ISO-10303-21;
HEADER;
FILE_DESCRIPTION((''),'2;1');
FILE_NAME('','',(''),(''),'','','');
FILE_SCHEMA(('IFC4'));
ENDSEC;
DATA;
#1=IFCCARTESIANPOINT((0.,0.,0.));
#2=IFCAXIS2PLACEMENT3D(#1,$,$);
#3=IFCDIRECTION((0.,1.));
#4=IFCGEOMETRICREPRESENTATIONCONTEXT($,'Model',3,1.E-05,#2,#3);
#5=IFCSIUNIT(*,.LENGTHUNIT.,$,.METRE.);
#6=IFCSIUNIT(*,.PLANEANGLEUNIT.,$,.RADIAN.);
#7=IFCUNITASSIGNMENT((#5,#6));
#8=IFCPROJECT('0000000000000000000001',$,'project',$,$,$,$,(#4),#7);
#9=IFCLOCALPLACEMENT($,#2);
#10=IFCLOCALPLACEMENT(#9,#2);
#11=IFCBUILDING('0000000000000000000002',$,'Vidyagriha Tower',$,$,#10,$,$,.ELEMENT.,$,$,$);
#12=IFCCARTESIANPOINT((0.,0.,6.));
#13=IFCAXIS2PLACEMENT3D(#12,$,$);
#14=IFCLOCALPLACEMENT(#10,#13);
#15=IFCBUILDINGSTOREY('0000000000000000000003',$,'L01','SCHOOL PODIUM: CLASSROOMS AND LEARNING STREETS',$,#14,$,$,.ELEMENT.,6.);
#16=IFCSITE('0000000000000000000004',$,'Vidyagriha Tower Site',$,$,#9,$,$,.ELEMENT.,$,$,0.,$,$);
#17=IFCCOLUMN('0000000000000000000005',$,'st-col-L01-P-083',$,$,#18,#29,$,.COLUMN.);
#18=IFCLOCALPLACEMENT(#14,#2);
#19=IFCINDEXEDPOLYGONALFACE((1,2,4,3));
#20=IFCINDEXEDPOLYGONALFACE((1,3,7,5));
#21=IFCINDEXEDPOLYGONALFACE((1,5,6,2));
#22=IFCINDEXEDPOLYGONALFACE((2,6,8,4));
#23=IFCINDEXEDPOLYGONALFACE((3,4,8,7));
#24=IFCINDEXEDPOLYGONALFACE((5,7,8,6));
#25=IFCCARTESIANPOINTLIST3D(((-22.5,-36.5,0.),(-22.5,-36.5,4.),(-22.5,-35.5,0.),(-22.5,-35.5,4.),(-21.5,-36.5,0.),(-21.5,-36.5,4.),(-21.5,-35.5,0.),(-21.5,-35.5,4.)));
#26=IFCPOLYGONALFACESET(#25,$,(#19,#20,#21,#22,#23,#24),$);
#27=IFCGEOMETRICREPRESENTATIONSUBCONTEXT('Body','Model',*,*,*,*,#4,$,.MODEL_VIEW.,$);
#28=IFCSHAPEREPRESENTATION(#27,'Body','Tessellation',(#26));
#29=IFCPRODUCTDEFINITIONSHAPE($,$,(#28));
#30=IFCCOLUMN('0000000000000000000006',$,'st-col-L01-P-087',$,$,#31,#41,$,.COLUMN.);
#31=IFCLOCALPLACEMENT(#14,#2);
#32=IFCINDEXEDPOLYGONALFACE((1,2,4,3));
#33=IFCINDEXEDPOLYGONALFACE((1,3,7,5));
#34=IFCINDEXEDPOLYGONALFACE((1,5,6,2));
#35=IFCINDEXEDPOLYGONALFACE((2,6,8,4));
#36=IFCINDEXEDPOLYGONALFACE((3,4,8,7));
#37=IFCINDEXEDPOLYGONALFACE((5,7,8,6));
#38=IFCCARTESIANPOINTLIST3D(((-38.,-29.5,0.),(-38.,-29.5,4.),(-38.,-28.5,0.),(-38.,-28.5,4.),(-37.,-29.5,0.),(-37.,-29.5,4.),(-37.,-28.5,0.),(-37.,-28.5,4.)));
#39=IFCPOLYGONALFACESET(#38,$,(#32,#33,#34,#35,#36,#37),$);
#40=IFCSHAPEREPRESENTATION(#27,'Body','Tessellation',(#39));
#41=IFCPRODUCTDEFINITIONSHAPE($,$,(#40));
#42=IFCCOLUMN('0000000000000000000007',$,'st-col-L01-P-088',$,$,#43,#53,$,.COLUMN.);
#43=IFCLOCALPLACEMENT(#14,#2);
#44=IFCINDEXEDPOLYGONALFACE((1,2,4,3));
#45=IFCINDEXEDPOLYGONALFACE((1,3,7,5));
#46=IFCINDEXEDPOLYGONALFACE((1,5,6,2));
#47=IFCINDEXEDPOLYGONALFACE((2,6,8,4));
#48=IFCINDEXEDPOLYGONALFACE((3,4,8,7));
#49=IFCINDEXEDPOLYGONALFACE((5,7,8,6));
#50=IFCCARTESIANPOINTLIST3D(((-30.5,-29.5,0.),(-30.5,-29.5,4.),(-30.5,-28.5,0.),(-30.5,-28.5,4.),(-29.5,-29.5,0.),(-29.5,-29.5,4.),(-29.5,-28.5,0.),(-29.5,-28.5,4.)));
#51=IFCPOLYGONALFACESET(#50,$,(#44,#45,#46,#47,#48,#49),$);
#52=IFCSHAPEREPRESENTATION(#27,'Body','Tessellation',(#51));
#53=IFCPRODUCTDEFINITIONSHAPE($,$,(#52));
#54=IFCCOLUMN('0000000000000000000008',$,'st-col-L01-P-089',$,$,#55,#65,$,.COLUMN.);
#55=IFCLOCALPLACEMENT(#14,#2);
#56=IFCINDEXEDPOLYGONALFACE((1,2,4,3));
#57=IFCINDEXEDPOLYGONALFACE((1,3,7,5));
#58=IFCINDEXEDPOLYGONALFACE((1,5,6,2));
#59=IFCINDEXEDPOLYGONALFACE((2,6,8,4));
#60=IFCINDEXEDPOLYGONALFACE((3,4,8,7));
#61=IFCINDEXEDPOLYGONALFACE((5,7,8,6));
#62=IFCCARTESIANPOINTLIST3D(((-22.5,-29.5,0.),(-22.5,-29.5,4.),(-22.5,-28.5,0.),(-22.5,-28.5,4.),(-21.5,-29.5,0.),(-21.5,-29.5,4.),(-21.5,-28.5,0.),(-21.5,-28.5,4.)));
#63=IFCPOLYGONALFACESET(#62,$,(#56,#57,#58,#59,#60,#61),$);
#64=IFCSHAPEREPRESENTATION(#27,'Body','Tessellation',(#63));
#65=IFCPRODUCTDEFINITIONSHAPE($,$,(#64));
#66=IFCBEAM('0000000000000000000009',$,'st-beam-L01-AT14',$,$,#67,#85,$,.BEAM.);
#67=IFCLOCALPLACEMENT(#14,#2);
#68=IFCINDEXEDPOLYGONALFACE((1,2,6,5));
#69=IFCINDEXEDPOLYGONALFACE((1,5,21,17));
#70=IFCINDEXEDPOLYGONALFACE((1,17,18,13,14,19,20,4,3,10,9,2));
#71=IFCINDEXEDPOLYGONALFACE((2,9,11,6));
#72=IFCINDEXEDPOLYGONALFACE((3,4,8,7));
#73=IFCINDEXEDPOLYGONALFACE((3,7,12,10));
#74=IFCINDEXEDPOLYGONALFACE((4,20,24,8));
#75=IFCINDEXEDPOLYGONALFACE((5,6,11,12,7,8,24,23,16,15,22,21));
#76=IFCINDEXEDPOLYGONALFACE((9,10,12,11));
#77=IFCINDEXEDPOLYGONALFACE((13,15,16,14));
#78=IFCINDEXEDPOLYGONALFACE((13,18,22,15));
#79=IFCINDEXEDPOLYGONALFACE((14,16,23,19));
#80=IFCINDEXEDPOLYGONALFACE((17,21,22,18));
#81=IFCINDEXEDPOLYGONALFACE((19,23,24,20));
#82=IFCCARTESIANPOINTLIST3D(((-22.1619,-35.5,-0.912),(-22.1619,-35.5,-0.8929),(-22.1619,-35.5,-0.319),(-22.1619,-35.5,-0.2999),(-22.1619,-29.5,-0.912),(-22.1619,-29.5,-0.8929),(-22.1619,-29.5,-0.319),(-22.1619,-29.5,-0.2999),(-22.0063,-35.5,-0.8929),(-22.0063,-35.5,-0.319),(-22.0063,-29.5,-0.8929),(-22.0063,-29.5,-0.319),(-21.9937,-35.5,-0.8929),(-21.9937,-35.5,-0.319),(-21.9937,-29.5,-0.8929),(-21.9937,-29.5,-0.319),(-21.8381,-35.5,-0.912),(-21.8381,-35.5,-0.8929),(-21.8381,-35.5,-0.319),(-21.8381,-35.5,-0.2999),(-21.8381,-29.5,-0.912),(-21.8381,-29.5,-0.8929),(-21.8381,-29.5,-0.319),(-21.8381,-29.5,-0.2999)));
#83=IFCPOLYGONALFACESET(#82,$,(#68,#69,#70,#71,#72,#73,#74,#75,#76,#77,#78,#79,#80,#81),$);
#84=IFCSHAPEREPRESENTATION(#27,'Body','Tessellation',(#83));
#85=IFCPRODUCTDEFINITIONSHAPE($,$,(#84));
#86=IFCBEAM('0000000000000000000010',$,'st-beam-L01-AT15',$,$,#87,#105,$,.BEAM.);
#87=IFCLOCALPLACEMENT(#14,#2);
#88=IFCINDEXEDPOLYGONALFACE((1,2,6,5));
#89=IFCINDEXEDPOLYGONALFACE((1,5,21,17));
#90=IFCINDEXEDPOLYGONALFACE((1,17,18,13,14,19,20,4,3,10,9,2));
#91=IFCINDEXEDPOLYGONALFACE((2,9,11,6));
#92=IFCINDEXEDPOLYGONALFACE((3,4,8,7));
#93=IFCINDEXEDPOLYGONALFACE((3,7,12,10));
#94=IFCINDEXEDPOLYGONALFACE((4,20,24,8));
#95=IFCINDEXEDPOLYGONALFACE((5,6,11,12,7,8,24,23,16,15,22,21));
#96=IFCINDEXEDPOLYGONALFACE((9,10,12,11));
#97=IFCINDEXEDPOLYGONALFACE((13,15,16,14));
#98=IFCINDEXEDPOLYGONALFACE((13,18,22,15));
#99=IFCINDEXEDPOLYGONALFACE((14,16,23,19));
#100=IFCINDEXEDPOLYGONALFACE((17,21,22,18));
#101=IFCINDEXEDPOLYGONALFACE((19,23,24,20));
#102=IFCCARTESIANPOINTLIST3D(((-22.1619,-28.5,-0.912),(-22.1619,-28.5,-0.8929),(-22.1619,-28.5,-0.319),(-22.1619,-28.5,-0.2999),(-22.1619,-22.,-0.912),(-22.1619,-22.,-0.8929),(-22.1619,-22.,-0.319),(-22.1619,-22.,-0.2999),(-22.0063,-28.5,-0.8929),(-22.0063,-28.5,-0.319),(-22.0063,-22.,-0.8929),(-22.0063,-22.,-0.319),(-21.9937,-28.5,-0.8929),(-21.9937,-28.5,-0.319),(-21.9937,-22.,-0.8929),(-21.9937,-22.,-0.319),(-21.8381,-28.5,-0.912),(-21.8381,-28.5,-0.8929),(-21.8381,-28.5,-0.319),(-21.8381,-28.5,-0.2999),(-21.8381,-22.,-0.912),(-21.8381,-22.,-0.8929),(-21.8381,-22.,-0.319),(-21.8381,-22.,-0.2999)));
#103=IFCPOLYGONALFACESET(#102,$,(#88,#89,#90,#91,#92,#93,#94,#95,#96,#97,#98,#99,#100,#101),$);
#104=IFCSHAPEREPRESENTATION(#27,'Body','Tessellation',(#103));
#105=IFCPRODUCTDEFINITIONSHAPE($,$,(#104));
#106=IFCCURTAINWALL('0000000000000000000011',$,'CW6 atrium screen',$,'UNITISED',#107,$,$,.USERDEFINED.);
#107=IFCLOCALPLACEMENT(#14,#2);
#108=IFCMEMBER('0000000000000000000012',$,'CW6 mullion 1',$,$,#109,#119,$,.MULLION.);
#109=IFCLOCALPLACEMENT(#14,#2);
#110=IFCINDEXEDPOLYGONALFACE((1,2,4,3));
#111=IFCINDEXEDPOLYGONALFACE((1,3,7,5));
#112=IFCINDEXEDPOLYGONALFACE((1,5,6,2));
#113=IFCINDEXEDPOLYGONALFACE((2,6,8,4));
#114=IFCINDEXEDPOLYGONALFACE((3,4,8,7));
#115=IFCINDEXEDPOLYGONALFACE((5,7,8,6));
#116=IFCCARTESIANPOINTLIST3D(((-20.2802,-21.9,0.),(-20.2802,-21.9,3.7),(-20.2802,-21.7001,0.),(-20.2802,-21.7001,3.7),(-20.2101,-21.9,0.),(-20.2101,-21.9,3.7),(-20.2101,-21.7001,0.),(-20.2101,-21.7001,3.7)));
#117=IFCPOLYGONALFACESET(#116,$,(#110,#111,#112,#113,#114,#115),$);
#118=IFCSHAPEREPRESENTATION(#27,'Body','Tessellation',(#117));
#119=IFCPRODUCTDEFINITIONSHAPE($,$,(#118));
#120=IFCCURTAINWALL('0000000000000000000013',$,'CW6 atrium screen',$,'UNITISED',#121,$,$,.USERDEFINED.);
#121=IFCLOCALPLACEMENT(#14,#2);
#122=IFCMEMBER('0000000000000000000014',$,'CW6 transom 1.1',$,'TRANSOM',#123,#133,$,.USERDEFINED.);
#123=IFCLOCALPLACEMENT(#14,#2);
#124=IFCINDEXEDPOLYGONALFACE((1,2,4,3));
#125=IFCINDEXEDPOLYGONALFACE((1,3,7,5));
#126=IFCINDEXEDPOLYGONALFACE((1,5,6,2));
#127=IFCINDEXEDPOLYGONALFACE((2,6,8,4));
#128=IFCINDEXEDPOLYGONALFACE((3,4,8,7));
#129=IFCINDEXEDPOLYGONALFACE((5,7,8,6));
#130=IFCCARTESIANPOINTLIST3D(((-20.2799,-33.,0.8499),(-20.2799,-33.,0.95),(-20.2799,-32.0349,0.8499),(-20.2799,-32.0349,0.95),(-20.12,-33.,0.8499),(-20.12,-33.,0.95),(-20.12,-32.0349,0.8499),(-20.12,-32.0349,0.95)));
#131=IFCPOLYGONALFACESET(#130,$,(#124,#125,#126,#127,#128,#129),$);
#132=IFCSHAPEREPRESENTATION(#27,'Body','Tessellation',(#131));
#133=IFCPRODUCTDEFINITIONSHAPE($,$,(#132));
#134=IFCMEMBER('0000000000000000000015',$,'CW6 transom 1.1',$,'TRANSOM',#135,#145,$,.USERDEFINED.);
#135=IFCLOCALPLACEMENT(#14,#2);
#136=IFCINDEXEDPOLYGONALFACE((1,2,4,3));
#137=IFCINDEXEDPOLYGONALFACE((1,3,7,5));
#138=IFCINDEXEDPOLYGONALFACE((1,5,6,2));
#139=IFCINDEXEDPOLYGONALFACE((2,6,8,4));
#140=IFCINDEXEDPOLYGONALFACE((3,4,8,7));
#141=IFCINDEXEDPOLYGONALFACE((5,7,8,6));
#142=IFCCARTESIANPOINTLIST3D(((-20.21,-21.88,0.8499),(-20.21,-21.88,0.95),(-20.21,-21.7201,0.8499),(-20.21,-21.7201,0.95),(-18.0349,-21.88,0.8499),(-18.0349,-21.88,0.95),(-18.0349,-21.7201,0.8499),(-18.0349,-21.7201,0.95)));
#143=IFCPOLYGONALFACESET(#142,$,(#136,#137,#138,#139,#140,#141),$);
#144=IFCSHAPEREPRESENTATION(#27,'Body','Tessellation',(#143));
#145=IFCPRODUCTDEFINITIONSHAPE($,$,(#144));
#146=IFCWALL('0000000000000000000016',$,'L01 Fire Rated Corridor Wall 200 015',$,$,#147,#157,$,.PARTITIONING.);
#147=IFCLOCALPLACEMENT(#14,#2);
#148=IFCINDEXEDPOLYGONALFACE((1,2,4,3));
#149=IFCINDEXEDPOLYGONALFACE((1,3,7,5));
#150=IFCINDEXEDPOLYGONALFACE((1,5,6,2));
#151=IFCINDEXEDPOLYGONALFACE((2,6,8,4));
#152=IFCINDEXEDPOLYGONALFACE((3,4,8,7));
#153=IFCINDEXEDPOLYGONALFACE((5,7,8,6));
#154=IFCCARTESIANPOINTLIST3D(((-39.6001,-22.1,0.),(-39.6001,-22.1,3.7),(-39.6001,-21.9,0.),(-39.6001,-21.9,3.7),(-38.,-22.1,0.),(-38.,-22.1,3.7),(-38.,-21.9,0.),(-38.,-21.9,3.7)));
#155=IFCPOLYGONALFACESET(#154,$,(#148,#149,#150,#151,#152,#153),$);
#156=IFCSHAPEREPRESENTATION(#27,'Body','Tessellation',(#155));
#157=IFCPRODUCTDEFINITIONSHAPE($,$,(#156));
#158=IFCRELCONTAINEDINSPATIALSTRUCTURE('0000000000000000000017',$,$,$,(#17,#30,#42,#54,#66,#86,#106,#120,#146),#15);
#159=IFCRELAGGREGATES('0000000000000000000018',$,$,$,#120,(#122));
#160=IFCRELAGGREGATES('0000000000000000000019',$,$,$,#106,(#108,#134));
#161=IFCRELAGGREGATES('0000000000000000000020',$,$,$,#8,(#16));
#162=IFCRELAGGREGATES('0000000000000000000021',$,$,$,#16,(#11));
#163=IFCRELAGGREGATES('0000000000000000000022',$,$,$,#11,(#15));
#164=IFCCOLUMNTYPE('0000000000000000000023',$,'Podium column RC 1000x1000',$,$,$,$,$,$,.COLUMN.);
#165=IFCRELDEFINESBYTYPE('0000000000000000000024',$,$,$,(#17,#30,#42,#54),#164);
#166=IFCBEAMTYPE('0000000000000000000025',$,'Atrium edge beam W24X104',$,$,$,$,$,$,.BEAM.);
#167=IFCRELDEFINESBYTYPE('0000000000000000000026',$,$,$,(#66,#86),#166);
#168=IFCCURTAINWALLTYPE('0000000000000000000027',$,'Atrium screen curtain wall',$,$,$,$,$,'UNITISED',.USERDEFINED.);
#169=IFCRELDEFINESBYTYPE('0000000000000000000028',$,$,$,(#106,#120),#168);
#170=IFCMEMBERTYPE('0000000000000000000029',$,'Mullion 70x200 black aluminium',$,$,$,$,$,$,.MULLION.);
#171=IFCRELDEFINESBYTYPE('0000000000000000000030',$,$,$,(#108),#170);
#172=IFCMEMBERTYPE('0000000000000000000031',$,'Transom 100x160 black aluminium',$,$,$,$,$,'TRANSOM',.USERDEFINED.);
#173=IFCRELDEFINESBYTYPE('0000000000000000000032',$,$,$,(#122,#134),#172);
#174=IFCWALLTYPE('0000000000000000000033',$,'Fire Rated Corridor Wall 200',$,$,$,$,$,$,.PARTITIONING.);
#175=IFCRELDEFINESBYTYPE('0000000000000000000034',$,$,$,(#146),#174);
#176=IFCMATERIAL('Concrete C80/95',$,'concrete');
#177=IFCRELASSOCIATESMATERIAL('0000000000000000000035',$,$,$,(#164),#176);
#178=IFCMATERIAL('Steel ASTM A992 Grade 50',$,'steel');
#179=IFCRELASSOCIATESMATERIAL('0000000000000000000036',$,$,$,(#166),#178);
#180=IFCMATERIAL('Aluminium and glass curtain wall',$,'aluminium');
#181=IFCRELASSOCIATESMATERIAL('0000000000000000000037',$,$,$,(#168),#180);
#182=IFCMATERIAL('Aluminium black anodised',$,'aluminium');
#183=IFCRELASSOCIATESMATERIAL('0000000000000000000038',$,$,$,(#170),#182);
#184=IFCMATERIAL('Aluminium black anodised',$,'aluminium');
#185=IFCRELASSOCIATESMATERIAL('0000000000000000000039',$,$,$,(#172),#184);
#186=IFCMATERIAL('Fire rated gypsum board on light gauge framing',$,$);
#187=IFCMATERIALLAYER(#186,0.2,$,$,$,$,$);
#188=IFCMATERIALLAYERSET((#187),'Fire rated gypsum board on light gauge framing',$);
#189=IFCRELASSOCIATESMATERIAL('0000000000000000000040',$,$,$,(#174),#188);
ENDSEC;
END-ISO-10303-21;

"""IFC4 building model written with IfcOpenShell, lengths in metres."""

from ifc_helpers import new_model, si_unit, direction, frame, frame_2d, origin, origin_2d, place, context, subcontext, project, spatial, rectangle, i_section, extrude, material, layer, layer_set, material_profile, profile_set, type_object, element, aggregate, save


model = new_model("IFC4")

# Units and contexts
model_context = context("Model", 3, precision=1e-05, world=origin(), true_north=direction((0.0, 1.0)))
body_context = subcontext(model_context, "Body", "Model", "MODEL_VIEW")
ifc_project = project(units=[si_unit("LENGTHUNIT", "METRE"), si_unit("PLANEANGLEUNIT", "RADIAN")], contexts=[model_context])

# Site, building, storey
site_placement = place(None, origin())
site = spatial("IfcSite", under=ifc_project, at=site_placement, Name="Vidyagriha Tower Site", CompositionType="ELEMENT", RefElevation=0.0)
building_placement = place(site_placement, origin())
building = spatial("IfcBuilding", under=site, at=building_placement, Name="Vidyagriha Tower", CompositionType="ELEMENT")
storey_placement = place(building_placement, frame((0.0, 0.0, 6.0)))
storey = spatial("IfcBuildingStorey", under=building, at=storey_placement, Name="L01", Description="SCHOOL PODIUM: CLASSROOMS AND LEARNING STREETS", CompositionType="ELEMENT", Elevation=6.0)

# Columns
ifc_material_1 = material(Name="Concrete C80/95", Category="concrete")
ifc_material_profile_1 = material_profile(ifc_material_1, rectangle(XDim=1.0, YDim=1.0, at=origin_2d()), Name="RC 1000x1000")
ifc_profile_set_1 = profile_set([ifc_material_profile_1], Name="Concrete C80/95")
column_type = type_object("IfcColumnType", Name="Podium column RC 1000x1000", PredefinedType="COLUMN", material=ifc_profile_set_1)
for number, where, name in (
    (1, (-22.0, -36.0, 0.0), "st-col-L01-P-083"),
    (2, (-37.5, -29.0, 0.0), "st-col-L01-P-087"),
    (3, (-30.0, -29.0, 0.0), "st-col-L01-P-088"),
    (4, (-22.0, -29.0, 0.0), "st-col-L01-P-089"),
):
    element("IfcColumn", number, at=place(storey_placement, frame(where)), inside=storey, type_object=column_type, Name=name, PredefinedType="COLUMN", context=body_context, shape_type="SweptSolid", body=[
        extrude(rectangle(XDim=1.0, YDim=1.0, at=origin_2d()), origin(), (0.0, 0.0, 1.0), 4.0),
    ])

# Beams
ifc_material_2 = material(Name="Steel ASTM A992 Grade 50", Category="steel")
ifc_material_profile_2 = material_profile(ifc_material_2, i_section(OverallWidth=0.3237, OverallDepth=0.6121, WebThickness=0.0127, FlangeThickness=0.019, at=origin_2d()), Name="W24X104")
ifc_profile_set_2 = profile_set([ifc_material_profile_2], Name="Steel ASTM A992 Grade 50")
beam_type = type_object("IfcBeamType", Name="Atrium edge beam W24X104", PredefinedType="BEAM", material=ifc_profile_set_2)
beam_1_placement = place(storey_placement, frame((-22.0, -35.5, -0.606), z_axis=(0.0, 1.0, 0.0), x_axis=(-1.0, 0.0, 0.0)))
element("IfcBeam", 5, at=beam_1_placement, inside=storey, type_object=beam_type, Name="st-beam-L01-AT14", PredefinedType="BEAM", context=body_context, shape_type="SweptSolid", body=[
    extrude(i_section(OverallWidth=0.3237, OverallDepth=0.6121, WebThickness=0.0127, FlangeThickness=0.019, at=origin_2d()), origin(), (0.0, 0.0, 1.0), 6.0),
])
beam_2_placement = place(storey_placement, frame((-22.0, -28.5, -0.606), z_axis=(0.0, 1.0, 0.0), x_axis=(-1.0, 0.0, 0.0)))
element("IfcBeam", 6, at=beam_2_placement, inside=storey, type_object=beam_type, Name="st-beam-L01-AT15", PredefinedType="BEAM", context=body_context, shape_type="SweptSolid", body=[
    extrude(i_section(OverallWidth=0.3237, OverallDepth=0.6121, WebThickness=0.0127, FlangeThickness=0.019, at=origin_2d()), origin(), (0.0, 0.0, 1.0), 6.5),
])

# Curtain walls, members
ifc_material_3 = material(Name="Aluminium and glass curtain wall", Category="aluminium")
curtain_wall_type = type_object("IfcCurtainWallType", Name="Atrium screen curtain wall", ElementType="UNITISED", PredefinedType="USERDEFINED", material=ifc_material_3)
curtain_wall_1_placement = place(storey_placement, origin())
curtain_wall_1 = element("IfcCurtainWall", 7, at=curtain_wall_1_placement, inside=storey, type_object=curtain_wall_type, Name="CW6 atrium screen", ObjectType="UNITISED", PredefinedType="USERDEFINED")
ifc_material_4 = material(Name="Aluminium black anodised", Category="aluminium")
ifc_material_profile_3 = material_profile(ifc_material_4, rectangle(XDim=0.2, YDim=0.0701, at=origin_2d()), Name="Mullion 70x200 black aluminium")
ifc_profile_set_3 = profile_set([ifc_material_profile_3], Name="Aluminium black anodised")
member_type_1 = type_object("IfcMemberType", Name="Mullion 70x200 black aluminium", PredefinedType="MULLION", material=ifc_profile_set_3)
member_1_placement = place(storey_placement, frame((-20.2451, -21.8, 0.0), z_axis=(0.0, 0.0, 1.0), x_axis=(0.0, 1.0, 0.0)))
member_1 = element("IfcMember", 8, at=member_1_placement, type_object=member_type_1, Name="CW6 mullion 1", PredefinedType="MULLION", context=body_context, shape_type="SweptSolid", body=[
    extrude(rectangle(XDim=0.2, YDim=0.0701, at=origin_2d()), origin(), (0.0, 0.0, 1.0), 3.7),
])
curtain_wall_2_placement = place(storey_placement, origin())
curtain_wall_2 = element("IfcCurtainWall", 9, at=curtain_wall_2_placement, inside=storey, type_object=curtain_wall_type, Name="CW6 atrium screen", ObjectType="UNITISED", PredefinedType="USERDEFINED")
ifc_material_5 = material(Name="Aluminium black anodised", Category="aluminium")
ifc_material_profile_4 = material_profile(ifc_material_5, rectangle(XDim=0.1599, YDim=0.1001, at=origin_2d()), Name="Transom 100x160 black aluminium")
ifc_profile_set_4 = profile_set([ifc_material_profile_4], Name="Aluminium black anodised")
member_type_2 = type_object("IfcMemberType", Name="Transom 100x160 black aluminium", ElementType="TRANSOM", PredefinedType="USERDEFINED", material=ifc_profile_set_4)
member_2_placement = place(storey_placement, frame((-20.2, -33.0, 0.8999), z_axis=(0.0, 1.0, 0.0), x_axis=(-1.0, 0.0, 0.0)))
member_2 = element("IfcMember", 10, at=member_2_placement, type_object=member_type_2, Name="CW6 transom 1.1", ObjectType="TRANSOM", PredefinedType="USERDEFINED", context=body_context, shape_type="SweptSolid", body=[
    extrude(rectangle(XDim=0.1599, YDim=0.1001, at=origin_2d()), origin(), (0.0, 0.0, 1.0), 0.9651),
])
aggregate(curtain_wall_2, [member_2])

# Member
member_3_placement = place(storey_placement, frame((-20.21, -21.8, 0.8999), z_axis=(1.0, 0.0, 0.0), x_axis=(0.0, 1.0, 0.0)))
member_3 = element("IfcMember", 11, at=member_3_placement, type_object=member_type_2, Name="CW6 transom 1.1", ObjectType="TRANSOM", PredefinedType="USERDEFINED", context=body_context, shape_type="SweptSolid", body=[
    extrude(rectangle(XDim=0.1599, YDim=0.1001, at=origin_2d()), origin(), (0.0, 0.0, 1.0), 2.175),
])
aggregate(curtain_wall_1, [member_1, member_3])

# Wall
ifc_material_6 = material(Name="Fire rated gypsum board on light gauge framing")
ifc_layer_1 = layer(ifc_material_6, 0.2)
ifc_layer_set_1 = layer_set([ifc_layer_1], Name="Fire rated gypsum board on light gauge framing")
wall_type_1 = type_object("IfcWallType", Name="Fire Rated Corridor Wall 200", PredefinedType="PARTITIONING", material=ifc_layer_set_1)
wall_1_placement = place(storey_placement, frame((-39.6001, -22.0, 0.0)))
element("IfcWall", 12, at=wall_1_placement, inside=storey, type_object=wall_type_1, Name="L01 Fire Rated Corridor Wall 200 015", PredefinedType="PARTITIONING", context=body_context, shape_type="SweptSolid", body=[
    extrude(rectangle(XDim=1.6001, YDim=0.2, at=frame_2d((0.8, 0.0))), origin(), (0.0, 0.0, 1.0), 3.7),
])

save(model, "model.ifc")
